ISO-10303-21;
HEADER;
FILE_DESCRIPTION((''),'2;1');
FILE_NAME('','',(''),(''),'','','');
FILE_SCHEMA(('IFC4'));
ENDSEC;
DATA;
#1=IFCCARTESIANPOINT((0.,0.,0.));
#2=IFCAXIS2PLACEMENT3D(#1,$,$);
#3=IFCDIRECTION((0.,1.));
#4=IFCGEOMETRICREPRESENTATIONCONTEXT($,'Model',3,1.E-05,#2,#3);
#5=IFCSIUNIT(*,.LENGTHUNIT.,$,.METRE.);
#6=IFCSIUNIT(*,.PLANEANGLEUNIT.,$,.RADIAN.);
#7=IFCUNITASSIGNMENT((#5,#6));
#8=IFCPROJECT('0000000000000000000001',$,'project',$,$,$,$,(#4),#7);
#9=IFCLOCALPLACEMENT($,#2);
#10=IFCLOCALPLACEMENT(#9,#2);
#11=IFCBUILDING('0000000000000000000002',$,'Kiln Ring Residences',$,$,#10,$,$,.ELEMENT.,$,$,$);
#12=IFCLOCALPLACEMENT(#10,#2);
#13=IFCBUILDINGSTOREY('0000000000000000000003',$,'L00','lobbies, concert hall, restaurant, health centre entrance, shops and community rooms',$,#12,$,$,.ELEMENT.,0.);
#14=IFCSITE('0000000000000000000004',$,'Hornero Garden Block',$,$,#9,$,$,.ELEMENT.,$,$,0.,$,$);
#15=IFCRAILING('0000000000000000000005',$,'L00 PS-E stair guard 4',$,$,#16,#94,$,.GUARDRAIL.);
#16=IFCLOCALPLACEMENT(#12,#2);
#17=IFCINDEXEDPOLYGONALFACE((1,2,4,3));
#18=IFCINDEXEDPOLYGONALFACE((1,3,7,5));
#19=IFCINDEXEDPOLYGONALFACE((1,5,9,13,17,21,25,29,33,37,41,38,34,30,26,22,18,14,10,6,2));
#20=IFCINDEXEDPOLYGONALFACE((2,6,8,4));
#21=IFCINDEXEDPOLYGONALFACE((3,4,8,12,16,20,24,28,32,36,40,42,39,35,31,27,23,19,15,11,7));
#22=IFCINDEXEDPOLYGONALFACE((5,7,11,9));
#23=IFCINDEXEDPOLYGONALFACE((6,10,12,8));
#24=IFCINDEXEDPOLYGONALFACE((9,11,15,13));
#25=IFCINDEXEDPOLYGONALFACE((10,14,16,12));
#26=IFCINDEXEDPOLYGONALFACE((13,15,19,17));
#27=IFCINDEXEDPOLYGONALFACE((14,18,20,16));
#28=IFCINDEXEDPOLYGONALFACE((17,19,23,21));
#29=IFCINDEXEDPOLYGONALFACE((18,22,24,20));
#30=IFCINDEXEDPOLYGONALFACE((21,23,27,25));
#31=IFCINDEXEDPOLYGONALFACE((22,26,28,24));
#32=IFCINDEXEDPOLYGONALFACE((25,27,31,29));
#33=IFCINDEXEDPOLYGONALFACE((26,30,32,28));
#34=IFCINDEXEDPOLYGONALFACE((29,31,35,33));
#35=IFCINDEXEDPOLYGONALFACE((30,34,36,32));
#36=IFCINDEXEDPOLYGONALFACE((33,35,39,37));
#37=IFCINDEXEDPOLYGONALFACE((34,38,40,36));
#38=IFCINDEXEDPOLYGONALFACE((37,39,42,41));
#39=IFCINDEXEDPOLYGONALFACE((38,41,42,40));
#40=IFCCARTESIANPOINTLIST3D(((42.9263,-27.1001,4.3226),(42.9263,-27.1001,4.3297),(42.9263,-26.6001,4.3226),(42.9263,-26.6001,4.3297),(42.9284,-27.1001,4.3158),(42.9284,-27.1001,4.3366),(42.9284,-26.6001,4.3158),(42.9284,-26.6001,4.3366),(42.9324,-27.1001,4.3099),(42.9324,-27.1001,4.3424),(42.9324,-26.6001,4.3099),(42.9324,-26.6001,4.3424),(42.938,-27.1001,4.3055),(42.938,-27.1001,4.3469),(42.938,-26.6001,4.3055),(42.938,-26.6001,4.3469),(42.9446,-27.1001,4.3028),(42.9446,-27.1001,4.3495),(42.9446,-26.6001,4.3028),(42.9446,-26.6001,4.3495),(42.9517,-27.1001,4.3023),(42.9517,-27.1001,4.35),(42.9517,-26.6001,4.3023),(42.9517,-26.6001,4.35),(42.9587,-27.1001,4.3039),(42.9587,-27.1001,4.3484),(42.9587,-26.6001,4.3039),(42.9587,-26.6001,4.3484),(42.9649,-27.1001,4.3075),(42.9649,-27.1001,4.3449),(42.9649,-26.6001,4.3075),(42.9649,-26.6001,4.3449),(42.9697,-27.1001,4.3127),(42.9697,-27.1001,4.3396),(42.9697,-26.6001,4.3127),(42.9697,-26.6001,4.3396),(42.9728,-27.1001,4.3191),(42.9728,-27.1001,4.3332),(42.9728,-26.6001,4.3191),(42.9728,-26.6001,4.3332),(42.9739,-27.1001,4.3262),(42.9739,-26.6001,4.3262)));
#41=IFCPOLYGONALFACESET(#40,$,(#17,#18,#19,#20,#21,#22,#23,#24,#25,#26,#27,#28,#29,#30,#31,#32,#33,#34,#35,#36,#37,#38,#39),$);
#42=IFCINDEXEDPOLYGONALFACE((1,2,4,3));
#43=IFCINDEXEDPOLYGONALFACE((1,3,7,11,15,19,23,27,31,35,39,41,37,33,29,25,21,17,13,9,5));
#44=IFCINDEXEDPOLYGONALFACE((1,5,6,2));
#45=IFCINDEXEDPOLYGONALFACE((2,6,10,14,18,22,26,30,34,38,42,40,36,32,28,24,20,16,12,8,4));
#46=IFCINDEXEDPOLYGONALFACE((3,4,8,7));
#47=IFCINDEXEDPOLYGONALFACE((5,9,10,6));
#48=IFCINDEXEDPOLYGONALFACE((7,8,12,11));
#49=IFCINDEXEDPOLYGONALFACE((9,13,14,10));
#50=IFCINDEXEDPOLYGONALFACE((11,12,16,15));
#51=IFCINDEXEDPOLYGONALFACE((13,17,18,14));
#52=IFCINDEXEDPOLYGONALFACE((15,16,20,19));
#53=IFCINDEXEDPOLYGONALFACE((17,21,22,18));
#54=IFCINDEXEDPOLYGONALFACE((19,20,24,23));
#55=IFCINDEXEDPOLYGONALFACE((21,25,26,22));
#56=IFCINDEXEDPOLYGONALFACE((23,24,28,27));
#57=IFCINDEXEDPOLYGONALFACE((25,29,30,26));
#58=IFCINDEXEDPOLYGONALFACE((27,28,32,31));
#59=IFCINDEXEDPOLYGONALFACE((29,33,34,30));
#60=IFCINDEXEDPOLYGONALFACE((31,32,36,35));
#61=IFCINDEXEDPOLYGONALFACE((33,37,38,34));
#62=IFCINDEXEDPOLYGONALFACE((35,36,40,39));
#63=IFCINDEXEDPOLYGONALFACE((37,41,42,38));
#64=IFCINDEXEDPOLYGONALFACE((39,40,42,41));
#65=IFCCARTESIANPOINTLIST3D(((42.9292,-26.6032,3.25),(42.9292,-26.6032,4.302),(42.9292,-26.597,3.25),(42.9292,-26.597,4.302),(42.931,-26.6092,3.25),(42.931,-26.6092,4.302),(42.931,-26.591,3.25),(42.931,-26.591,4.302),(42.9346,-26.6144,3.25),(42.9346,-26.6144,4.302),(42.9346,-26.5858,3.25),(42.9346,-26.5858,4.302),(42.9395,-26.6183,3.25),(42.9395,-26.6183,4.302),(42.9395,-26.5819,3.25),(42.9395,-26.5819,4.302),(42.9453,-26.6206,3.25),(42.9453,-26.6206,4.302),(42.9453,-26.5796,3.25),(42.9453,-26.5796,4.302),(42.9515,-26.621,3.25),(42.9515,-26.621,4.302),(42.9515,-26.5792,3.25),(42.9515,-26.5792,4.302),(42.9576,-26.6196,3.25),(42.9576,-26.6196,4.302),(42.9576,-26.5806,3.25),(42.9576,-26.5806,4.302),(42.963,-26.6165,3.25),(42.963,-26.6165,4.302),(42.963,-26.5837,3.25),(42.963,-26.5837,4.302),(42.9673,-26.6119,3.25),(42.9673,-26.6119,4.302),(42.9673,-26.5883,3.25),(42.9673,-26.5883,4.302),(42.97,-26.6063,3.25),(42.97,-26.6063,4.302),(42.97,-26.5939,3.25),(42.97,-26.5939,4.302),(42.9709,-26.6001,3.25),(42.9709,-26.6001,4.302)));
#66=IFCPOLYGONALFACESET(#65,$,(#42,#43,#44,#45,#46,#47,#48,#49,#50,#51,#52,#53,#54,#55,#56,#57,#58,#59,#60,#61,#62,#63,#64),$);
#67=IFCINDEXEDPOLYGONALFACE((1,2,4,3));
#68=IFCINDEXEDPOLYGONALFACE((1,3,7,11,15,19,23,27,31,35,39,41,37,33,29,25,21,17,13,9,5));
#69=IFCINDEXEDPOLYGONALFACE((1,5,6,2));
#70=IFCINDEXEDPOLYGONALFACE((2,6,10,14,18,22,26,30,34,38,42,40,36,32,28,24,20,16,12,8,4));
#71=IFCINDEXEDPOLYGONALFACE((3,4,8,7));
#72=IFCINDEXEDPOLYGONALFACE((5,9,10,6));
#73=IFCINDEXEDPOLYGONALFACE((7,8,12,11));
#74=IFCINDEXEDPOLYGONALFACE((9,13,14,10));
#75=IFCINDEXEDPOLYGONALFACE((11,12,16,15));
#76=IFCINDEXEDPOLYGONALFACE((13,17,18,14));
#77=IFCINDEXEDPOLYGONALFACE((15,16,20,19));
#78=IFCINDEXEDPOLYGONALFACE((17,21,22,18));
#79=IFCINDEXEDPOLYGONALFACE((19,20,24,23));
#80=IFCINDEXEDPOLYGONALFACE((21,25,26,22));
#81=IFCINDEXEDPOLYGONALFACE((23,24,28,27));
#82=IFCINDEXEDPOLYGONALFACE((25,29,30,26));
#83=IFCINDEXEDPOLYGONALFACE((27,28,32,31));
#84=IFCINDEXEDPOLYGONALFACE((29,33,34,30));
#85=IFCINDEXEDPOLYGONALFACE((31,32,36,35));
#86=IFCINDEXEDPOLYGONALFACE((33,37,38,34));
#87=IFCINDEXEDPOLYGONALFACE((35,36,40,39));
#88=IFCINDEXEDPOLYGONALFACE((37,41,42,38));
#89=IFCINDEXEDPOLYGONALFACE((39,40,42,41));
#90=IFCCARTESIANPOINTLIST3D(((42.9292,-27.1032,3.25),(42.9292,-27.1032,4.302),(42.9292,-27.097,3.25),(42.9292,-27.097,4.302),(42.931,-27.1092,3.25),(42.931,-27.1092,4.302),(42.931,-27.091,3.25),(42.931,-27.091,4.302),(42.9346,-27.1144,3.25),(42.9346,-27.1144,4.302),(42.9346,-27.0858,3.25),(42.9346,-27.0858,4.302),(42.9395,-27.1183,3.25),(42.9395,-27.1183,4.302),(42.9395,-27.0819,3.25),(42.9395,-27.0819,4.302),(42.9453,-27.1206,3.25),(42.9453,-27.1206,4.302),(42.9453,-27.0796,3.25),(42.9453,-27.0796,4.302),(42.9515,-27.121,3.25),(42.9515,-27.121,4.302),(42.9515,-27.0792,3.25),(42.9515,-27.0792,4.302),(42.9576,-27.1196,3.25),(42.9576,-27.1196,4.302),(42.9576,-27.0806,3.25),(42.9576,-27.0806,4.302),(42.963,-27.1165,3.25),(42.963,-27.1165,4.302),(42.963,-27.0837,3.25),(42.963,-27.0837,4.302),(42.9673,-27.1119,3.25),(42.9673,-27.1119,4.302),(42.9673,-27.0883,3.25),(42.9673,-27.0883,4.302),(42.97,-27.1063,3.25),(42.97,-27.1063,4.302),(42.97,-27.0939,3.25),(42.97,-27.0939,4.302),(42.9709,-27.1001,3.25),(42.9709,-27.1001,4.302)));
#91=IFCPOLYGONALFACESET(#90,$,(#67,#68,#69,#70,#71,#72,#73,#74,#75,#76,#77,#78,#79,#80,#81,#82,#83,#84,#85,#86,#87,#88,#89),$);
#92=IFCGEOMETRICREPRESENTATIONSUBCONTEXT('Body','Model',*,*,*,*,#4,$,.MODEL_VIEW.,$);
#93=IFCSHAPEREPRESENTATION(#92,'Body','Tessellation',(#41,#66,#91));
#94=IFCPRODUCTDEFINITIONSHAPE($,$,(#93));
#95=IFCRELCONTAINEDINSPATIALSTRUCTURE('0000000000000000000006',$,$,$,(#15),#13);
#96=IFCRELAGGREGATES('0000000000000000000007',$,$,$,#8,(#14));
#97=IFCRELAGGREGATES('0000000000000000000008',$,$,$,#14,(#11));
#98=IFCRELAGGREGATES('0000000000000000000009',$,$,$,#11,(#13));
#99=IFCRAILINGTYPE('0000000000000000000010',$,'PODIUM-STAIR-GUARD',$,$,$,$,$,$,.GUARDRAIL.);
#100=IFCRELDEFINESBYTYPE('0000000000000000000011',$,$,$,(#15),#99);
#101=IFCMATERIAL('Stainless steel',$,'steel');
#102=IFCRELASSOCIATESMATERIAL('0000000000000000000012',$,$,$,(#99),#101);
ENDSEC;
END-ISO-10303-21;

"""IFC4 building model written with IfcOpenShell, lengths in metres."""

from ifc_helpers import new_model, si_unit, direction, frame, origin, origin_2d, place, context, subcontext, project, spatial, circle, extrude, material, type_object, element, save


model = new_model("IFC4")

# Units and contexts
model_context = context("Model", 3, precision=1e-05, world=origin(), true_north=direction((0.0, 1.0)))
body_context = subcontext(model_context, "Body", "Model", "MODEL_VIEW")
ifc_project = project(units=[si_unit("LENGTHUNIT", "METRE"), si_unit("PLANEANGLEUNIT", "RADIAN")], contexts=[model_context])

# Site, building, storey
site_placement = place(None, origin())
site = spatial("IfcSite", under=ifc_project, at=site_placement, Name="Hornero Garden Block", CompositionType="ELEMENT", RefElevation=0.0)
building_placement = place(site_placement, origin())
building = spatial("IfcBuilding", under=site, at=building_placement, Name="Kiln Ring Residences", CompositionType="ELEMENT")
storey_placement = place(building_placement, origin())
storey = spatial("IfcBuildingStorey", under=building, at=storey_placement, Name="L00", Description="lobbies, concert hall, restaurant, health centre entrance, shops and community rooms", CompositionType="ELEMENT", Elevation=0.0)

# Railing
ifc_material_1 = material(Name="Stainless steel", Category="steel")
railing_type_1 = type_object("IfcRailingType", Name="PODIUM-STAIR-GUARD", PredefinedType="GUARDRAIL", material=ifc_material_1)
railing_1_placement = place(storey_placement, frame((42.95, -26.6001, 3.25)))
element("IfcRailing", 1, at=railing_1_placement, inside=storey, type_object=railing_type_1, Name="L00 PS-E stair guard 4", PredefinedType="GUARDRAIL", context=body_context, shape_type="SweptSolid", body=[
    extrude(circle(Radius=0.0239, at=origin_2d()), frame((0.0, 0.0, 1.0762), z_axis=(0.0, -1.0, 0.0), x_axis=(1.0, 0.0, 0.0)), (0.0, 0.0, 1.0), 0.5),
    extrude(circle(Radius=0.021, at=origin_2d()), origin(), (0.0, 0.0, 1.0), 1.052),
    extrude(circle(Radius=0.021, at=origin_2d()), frame((0.0, -0.5, 0.0)), (0.0, 0.0, 1.0), 1.052),
])

save(model, "model.ifc")
